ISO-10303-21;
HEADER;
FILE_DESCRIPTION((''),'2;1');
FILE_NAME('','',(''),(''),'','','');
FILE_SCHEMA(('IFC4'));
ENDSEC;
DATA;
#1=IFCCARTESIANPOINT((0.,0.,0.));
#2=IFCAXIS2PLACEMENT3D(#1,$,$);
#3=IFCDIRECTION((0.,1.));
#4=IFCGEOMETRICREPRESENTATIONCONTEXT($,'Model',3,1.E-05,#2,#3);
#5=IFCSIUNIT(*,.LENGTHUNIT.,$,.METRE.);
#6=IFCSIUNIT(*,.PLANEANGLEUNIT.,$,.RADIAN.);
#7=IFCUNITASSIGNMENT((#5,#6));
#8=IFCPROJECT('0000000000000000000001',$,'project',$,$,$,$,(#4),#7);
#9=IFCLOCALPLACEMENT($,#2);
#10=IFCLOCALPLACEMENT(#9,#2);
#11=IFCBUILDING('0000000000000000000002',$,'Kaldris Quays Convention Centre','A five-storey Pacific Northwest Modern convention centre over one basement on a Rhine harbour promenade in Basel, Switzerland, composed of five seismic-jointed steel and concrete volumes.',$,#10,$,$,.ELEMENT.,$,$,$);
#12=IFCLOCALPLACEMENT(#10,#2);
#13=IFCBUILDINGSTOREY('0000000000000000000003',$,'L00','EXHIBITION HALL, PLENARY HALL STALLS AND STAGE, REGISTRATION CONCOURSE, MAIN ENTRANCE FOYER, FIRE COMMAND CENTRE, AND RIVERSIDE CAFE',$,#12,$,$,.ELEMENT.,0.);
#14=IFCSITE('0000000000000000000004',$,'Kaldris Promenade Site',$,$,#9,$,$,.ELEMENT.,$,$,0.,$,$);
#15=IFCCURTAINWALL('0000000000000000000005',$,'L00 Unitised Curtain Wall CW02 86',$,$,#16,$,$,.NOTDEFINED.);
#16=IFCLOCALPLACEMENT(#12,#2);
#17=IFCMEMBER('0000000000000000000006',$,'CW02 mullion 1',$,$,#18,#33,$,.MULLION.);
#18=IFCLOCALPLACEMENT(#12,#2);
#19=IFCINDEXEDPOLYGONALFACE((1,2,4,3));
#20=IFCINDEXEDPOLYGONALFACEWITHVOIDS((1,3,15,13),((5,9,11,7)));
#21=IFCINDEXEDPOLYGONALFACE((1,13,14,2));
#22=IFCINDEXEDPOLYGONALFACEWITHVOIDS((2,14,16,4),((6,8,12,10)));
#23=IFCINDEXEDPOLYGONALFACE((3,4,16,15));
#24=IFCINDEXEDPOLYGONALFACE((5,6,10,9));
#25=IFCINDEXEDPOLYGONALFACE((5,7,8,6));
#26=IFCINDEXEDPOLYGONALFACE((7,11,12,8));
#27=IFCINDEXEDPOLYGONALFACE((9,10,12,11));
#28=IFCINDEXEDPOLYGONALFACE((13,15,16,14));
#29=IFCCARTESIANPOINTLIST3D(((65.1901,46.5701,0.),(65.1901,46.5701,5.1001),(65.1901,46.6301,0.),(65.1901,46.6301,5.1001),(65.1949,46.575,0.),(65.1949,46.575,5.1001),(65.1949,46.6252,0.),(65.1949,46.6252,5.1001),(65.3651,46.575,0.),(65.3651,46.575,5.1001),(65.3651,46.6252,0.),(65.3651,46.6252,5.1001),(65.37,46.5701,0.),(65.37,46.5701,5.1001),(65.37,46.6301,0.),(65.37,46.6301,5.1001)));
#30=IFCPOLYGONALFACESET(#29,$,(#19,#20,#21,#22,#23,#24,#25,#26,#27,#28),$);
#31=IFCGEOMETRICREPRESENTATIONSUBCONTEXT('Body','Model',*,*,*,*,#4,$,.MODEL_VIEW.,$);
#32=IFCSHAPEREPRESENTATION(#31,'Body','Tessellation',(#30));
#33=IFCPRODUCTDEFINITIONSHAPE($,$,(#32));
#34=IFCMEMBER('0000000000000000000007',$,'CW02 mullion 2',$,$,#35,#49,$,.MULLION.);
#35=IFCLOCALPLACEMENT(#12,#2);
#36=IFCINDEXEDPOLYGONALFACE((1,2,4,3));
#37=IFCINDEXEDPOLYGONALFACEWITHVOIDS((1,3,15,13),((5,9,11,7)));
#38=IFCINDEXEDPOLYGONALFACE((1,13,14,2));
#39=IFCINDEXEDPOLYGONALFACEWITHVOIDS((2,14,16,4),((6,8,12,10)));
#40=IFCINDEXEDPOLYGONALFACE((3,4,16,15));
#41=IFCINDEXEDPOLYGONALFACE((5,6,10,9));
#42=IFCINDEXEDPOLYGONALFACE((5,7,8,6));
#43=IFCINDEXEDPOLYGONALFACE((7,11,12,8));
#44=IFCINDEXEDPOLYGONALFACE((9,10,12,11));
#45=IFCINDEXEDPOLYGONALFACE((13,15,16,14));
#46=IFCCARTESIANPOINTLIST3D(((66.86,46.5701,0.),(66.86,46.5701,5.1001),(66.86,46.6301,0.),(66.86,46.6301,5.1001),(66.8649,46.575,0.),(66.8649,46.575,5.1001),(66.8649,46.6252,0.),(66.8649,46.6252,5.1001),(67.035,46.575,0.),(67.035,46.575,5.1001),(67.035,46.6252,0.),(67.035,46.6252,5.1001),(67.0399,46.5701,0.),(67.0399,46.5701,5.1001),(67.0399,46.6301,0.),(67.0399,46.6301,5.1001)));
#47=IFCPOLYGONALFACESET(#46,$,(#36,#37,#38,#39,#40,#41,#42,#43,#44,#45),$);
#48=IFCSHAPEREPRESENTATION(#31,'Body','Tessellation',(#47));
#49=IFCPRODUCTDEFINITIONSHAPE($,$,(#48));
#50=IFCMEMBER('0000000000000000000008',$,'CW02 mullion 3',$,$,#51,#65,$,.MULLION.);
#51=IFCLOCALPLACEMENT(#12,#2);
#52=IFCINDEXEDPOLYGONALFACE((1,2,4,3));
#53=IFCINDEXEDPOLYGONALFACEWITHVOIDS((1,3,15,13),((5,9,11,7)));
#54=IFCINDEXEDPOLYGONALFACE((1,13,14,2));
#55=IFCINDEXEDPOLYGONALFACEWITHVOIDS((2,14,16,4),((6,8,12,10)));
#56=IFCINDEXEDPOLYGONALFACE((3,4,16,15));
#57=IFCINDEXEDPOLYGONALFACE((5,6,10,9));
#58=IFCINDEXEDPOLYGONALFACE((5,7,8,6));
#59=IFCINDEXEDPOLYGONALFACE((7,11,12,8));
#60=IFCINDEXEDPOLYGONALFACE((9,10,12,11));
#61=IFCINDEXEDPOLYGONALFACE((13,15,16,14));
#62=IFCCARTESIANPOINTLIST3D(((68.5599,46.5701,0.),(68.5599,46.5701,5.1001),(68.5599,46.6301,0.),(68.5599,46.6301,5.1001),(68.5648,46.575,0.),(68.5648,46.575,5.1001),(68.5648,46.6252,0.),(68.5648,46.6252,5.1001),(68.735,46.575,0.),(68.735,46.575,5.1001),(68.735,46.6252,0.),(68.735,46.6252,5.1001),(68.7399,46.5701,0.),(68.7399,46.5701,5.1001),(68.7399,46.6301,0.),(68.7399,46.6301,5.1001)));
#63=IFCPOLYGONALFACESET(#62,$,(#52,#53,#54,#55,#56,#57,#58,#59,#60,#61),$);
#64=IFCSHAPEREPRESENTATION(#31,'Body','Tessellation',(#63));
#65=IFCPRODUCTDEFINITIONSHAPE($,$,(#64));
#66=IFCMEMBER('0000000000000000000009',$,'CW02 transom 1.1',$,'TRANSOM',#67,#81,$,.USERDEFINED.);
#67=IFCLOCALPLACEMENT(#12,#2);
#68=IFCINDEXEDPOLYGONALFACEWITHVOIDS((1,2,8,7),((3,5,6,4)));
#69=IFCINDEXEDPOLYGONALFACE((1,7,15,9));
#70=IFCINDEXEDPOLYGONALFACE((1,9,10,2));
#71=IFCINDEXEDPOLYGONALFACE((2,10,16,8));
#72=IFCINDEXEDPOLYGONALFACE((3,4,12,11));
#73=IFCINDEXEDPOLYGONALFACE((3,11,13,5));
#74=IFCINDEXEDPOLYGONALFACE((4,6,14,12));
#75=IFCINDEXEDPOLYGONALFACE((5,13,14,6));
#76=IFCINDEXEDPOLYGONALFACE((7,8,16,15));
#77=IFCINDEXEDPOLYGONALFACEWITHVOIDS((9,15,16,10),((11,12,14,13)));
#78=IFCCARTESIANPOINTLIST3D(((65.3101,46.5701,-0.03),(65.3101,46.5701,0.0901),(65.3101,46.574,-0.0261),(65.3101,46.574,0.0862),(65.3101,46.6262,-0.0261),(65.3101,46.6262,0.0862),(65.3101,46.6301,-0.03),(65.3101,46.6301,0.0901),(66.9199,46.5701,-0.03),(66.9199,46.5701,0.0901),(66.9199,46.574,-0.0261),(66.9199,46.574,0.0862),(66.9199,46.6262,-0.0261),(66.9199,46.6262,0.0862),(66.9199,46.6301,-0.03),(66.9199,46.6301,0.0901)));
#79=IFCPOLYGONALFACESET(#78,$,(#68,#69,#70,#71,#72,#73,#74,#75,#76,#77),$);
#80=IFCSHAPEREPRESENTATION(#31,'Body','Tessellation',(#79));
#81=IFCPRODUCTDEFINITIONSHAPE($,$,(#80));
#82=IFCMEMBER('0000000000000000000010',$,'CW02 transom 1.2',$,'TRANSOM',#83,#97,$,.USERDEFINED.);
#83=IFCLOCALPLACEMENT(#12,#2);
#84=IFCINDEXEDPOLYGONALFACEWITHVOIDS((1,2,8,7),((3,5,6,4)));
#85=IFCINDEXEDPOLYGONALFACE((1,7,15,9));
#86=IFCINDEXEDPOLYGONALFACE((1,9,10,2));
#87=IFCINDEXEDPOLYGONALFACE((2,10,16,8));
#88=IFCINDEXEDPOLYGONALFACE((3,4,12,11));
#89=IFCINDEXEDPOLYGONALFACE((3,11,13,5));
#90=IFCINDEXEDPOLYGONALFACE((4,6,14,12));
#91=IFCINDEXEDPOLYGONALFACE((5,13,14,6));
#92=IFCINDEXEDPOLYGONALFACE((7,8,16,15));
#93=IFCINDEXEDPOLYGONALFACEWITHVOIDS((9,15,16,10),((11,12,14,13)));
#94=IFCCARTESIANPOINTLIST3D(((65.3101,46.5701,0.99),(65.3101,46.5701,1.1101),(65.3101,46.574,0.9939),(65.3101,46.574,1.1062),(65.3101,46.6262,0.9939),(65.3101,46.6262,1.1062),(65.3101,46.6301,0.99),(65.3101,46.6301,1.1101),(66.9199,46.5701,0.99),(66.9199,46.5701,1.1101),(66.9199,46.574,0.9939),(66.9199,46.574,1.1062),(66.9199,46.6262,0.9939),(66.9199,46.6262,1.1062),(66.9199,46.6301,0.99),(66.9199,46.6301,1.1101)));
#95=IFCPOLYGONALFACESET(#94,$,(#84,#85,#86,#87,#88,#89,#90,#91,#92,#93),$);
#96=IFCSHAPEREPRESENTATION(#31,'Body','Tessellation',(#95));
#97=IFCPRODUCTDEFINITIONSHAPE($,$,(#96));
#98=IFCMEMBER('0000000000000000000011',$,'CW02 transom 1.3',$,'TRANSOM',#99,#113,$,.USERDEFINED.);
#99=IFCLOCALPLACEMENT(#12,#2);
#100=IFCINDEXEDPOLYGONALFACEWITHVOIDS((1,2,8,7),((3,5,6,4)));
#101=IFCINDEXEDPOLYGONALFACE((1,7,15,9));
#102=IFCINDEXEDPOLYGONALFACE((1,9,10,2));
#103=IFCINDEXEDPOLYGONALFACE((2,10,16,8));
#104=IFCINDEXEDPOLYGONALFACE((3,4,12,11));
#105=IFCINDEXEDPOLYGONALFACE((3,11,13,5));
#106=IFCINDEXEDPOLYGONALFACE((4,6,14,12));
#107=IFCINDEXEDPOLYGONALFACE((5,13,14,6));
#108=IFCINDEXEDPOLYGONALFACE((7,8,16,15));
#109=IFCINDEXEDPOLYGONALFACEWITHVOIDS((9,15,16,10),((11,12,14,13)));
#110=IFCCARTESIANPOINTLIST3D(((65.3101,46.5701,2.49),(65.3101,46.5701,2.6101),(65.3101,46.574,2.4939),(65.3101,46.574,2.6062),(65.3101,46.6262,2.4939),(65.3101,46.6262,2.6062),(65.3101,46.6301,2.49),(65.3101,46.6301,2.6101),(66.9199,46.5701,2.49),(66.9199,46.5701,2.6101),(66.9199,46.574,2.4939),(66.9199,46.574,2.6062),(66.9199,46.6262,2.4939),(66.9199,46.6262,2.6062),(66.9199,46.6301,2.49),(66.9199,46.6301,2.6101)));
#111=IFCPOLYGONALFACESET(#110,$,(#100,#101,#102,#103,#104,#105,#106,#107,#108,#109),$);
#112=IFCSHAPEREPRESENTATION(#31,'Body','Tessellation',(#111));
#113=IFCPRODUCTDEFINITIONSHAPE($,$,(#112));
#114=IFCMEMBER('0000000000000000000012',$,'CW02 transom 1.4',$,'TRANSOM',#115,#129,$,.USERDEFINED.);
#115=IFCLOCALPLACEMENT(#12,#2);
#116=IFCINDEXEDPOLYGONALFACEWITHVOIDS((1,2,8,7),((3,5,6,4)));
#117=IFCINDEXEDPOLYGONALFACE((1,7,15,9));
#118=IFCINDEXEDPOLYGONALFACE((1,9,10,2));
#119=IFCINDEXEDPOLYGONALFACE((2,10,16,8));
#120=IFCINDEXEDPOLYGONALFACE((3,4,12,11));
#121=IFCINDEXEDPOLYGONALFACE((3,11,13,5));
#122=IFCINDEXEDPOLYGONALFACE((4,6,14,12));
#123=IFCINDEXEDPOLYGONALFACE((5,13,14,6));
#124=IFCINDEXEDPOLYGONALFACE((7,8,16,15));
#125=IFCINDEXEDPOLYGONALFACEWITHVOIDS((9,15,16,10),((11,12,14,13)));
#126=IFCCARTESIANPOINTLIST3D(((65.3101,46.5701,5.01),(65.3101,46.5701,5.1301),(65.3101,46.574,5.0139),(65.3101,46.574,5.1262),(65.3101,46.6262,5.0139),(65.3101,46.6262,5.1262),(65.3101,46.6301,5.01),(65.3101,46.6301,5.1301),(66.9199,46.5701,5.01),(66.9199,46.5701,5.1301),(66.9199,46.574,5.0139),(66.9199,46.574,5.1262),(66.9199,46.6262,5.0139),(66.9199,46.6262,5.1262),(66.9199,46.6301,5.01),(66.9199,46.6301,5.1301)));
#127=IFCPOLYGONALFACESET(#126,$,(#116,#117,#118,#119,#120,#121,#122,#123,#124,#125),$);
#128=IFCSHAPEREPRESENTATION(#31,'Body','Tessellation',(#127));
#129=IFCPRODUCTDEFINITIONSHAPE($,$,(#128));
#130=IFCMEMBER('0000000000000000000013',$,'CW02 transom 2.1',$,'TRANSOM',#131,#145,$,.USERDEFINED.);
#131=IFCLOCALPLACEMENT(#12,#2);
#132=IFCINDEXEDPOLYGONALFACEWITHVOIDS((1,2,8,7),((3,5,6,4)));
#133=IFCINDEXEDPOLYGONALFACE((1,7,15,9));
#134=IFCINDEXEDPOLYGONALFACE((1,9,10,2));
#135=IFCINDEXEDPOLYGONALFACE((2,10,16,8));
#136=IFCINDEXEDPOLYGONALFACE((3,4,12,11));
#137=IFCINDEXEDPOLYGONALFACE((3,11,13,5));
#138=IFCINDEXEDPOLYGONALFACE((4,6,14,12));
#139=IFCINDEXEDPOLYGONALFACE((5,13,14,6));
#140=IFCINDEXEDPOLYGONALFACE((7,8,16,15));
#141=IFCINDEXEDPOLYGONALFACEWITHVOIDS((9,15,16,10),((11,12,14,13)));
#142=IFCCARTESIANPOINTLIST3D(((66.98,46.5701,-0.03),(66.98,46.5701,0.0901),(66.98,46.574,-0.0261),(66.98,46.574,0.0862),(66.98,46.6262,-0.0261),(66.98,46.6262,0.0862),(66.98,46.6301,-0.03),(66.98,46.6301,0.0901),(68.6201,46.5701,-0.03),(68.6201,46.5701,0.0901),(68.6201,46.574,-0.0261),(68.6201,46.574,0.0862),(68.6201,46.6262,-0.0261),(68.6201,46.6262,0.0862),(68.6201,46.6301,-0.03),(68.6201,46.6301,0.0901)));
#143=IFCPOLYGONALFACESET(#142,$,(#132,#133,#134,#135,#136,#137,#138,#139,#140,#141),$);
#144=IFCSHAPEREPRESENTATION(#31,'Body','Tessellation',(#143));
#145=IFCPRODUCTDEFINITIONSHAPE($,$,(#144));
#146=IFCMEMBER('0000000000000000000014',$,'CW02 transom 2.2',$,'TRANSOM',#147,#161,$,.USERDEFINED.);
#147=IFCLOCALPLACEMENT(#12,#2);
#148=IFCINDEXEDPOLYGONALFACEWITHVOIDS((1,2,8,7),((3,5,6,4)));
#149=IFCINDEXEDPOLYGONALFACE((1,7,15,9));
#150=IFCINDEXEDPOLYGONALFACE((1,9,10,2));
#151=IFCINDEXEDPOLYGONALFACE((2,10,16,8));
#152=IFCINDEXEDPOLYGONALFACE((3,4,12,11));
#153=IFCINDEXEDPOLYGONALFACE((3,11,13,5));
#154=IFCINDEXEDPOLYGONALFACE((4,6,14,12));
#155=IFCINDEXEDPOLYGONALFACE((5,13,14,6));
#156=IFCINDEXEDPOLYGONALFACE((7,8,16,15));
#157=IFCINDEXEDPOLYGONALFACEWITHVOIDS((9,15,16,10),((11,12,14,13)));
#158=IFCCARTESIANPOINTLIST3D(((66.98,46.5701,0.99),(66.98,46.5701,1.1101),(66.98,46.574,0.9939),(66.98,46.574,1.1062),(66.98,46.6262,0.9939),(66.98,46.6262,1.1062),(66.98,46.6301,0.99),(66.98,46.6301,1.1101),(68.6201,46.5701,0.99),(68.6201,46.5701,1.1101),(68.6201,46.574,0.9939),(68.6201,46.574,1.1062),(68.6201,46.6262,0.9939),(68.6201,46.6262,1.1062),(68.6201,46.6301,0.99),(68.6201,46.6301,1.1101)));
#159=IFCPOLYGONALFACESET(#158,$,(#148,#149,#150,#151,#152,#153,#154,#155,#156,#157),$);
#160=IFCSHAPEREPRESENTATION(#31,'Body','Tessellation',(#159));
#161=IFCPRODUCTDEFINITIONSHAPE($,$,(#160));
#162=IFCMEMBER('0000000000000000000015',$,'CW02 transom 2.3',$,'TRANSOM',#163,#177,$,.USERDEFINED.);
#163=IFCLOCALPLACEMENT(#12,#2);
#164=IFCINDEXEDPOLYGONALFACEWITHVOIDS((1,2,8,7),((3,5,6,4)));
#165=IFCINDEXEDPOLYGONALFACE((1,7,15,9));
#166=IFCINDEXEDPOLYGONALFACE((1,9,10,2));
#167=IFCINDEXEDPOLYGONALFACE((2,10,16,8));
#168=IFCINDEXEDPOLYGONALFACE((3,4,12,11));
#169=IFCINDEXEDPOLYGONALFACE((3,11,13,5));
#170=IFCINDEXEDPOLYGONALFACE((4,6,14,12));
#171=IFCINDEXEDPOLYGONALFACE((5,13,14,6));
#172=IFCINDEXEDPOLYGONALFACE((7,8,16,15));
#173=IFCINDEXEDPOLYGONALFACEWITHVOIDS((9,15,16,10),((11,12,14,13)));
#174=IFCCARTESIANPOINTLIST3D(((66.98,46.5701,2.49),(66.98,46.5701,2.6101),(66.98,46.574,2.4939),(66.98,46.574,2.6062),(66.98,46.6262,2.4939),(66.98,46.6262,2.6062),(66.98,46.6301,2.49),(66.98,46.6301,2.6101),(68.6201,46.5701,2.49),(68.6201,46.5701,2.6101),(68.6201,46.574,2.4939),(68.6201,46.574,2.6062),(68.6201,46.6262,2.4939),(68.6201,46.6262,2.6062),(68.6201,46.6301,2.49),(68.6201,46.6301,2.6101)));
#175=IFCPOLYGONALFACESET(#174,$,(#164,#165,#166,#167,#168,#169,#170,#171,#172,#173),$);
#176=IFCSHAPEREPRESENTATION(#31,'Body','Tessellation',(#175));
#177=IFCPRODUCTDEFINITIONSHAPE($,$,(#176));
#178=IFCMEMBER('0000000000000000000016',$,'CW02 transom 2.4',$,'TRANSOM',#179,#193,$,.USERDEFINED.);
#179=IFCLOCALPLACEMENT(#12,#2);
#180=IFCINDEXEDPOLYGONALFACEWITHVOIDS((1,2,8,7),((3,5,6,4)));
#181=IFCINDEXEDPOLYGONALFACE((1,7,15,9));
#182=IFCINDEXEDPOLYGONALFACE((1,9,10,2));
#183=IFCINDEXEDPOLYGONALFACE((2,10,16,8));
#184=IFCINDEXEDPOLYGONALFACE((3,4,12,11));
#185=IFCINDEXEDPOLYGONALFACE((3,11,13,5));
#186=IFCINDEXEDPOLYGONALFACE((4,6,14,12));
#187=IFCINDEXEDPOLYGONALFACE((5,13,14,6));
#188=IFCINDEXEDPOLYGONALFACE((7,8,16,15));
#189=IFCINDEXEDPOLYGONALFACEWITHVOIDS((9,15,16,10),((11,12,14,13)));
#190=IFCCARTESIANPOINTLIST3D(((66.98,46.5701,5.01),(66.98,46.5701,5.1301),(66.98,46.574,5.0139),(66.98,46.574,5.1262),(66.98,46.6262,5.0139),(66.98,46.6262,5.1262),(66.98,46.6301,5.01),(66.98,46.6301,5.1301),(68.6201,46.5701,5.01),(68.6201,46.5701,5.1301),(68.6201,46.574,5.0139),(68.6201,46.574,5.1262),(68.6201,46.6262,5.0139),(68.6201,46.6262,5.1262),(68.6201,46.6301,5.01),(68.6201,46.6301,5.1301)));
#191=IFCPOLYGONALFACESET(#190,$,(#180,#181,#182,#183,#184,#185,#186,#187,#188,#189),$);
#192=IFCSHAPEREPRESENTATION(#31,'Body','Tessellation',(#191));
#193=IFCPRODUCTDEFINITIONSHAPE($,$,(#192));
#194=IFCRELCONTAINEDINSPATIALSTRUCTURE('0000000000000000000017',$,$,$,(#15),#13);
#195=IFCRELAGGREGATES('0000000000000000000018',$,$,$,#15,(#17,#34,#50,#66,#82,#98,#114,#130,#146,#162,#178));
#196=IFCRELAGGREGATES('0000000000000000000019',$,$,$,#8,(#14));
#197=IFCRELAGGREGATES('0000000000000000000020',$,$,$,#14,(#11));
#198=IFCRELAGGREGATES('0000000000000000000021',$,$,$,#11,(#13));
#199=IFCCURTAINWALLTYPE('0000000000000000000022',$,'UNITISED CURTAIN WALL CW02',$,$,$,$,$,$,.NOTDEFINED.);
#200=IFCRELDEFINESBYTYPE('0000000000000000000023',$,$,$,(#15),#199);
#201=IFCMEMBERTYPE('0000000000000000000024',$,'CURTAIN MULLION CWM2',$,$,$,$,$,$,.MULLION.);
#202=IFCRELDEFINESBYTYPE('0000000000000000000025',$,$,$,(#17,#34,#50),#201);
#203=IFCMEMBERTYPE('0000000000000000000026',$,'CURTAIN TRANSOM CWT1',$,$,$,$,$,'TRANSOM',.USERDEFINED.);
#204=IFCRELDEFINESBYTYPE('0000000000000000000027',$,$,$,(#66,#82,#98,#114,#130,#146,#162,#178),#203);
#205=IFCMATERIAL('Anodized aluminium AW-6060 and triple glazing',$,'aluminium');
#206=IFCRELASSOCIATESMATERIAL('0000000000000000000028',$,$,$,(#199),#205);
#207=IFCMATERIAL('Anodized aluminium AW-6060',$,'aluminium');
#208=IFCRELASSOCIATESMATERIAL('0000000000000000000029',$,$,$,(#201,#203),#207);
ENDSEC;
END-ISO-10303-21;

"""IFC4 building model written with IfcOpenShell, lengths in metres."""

from ifc_helpers import new_model, si_unit, direction, frame, origin, origin_2d, place, context, subcontext, project, spatial, hollow_rectangle, extrude, material, material_profile, profile_set, type_object, element, aggregate, save


model = new_model("IFC4")

# Units and contexts
model_context = context("Model", 3, precision=1e-05, world=origin(), true_north=direction((0.0, 1.0)))
body_context = subcontext(model_context, "Body", "Model", "MODEL_VIEW")
ifc_project = project(units=[si_unit("LENGTHUNIT", "METRE"), si_unit("PLANEANGLEUNIT", "RADIAN")], contexts=[model_context])

# Site, building, storey
site_placement = place(None, origin())
site = spatial("IfcSite", under=ifc_project, at=site_placement, Name="Kaldris Promenade Site", CompositionType="ELEMENT", RefElevation=0.0)
building_placement = place(site_placement, origin())
building = spatial("IfcBuilding", under=site, at=building_placement, Name="Kaldris Quays Convention Centre", Description="A five-storey Pacific Northwest Modern convention centre over one basement on a Rhine harbour promenade in Basel, Switzerland, composed of five seismic-jointed steel and concrete volumes.", CompositionType="ELEMENT")
storey_placement = place(building_placement, origin())
storey = spatial("IfcBuildingStorey", under=building, at=storey_placement, Name="L00", Description="EXHIBITION HALL, PLENARY HALL STALLS AND STAGE, REGISTRATION CONCOURSE, MAIN ENTRANCE FOYER, FIRE COMMAND CENTRE, AND RIVERSIDE CAFE", CompositionType="ELEMENT", Elevation=0.0)

# Curtain wall, members
ifc_material_1 = material(Name="Anodized aluminium AW-6060 and triple glazing", Category="aluminium")
curtain_wall_type = type_object("IfcCurtainWallType", Name="UNITISED CURTAIN WALL CW02", PredefinedType="NOTDEFINED", material=ifc_material_1)
curtain_wall_placement = place(storey_placement, origin())
curtain_wall = element("IfcCurtainWall", 1, at=curtain_wall_placement, inside=storey, type_object=curtain_wall_type, Name="L00 Unitised Curtain Wall CW02 86", PredefinedType="NOTDEFINED")
ifc_material_2 = material(Name="Anodized aluminium AW-6060", Category="aluminium")
ifc_material_profile_1 = material_profile(ifc_material_2, hollow_rectangle(XDim=0.0601, YDim=0.1799, WallThickness=0.0049, at=origin_2d()), Name="RHS 180x60x5")
ifc_profile_set_1 = profile_set([ifc_material_profile_1], Name="Anodized aluminium AW-6060")
member_type_1 = type_object("IfcMemberType", Name="CURTAIN MULLION CWM2", PredefinedType="MULLION", material=ifc_profile_set_1)
member_1_placement = place(storey_placement, frame((65.28, 46.6001, 0.0), z_axis=(0.0, 0.0, 1.0), x_axis=(0.0, 1.0, 0.0)))
member_1 = element("IfcMember", 2, at=member_1_placement, type_object=member_type_1, Name="CW02 mullion 1", PredefinedType="MULLION", context=body_context, shape_type="SweptSolid", body=[
    extrude(hollow_rectangle(XDim=0.0601, YDim=0.1799, WallThickness=0.0049, at=origin_2d()), origin(), (0.0, 0.0, 1.0), 5.1001),
])
member_2_placement = place(storey_placement, frame((66.95, 46.6001, 0.0), z_axis=(0.0, 0.0, 1.0), x_axis=(0.0, 1.0, 0.0)))
member_2 = element("IfcMember", 3, at=member_2_placement, type_object=member_type_1, Name="CW02 mullion 2", PredefinedType="MULLION", context=body_context, shape_type="SweptSolid", body=[
    extrude(hollow_rectangle(XDim=0.0601, YDim=0.1799, WallThickness=0.0049, at=origin_2d()), origin(), (0.0, 0.0, 1.0), 5.1001),
])
member_3_placement = place(storey_placement, frame((68.6499, 46.6001, 0.0), z_axis=(0.0, 0.0, 1.0), x_axis=(0.0, 1.0, 0.0)))
member_3 = element("IfcMember", 4, at=member_3_placement, type_object=member_type_1, Name="CW02 mullion 3", PredefinedType="MULLION", context=body_context, shape_type="SweptSolid", body=[
    extrude(hollow_rectangle(XDim=0.0601, YDim=0.1799, WallThickness=0.0049, at=origin_2d()), origin(), (0.0, 0.0, 1.0), 5.1001),
])
ifc_material_profile_2 = material_profile(ifc_material_2, hollow_rectangle(XDim=0.0601, YDim=0.1201, WallThickness=0.0039, at=origin_2d()), Name="RHS 120x60x4")
ifc_profile_set_2 = profile_set([ifc_material_profile_2], Name="Anodized aluminium AW-6060")
member_type_2 = type_object("IfcMemberType", Name="CURTAIN TRANSOM CWT1", ElementType="TRANSOM", PredefinedType="USERDEFINED", material=ifc_profile_set_2)
member_4_placement = place(storey_placement, frame((65.3101, 46.6001, 0.03), z_axis=(1.0, 0.0, 0.0), x_axis=(0.0, 1.0, 0.0)))
member_4 = element("IfcMember", 5, at=member_4_placement, type_object=member_type_2, Name="CW02 transom 1.1", ObjectType="TRANSOM", PredefinedType="USERDEFINED", context=body_context, shape_type="SweptSolid", body=[
    extrude(hollow_rectangle(XDim=0.0601, YDim=0.1201, WallThickness=0.0039, at=origin_2d()), origin(), (0.0, 0.0, 1.0), 1.6099),
])
member_5_placement = place(storey_placement, frame((65.3101, 46.6001, 1.05), z_axis=(1.0, 0.0, 0.0), x_axis=(0.0, 1.0, 0.0)))
member_5 = element("IfcMember", 6, at=member_5_placement, type_object=member_type_2, Name="CW02 transom 1.2", ObjectType="TRANSOM", PredefinedType="USERDEFINED", context=body_context, shape_type="SweptSolid", body=[
    extrude(hollow_rectangle(XDim=0.0601, YDim=0.1201, WallThickness=0.0039, at=origin_2d()), origin(), (0.0, 0.0, 1.0), 1.6099),
])
member_6_placement = place(storey_placement, frame((65.3101, 46.6001, 2.55), z_axis=(1.0, 0.0, 0.0), x_axis=(0.0, 1.0, 0.0)))
member_6 = element("IfcMember", 7, at=member_6_placement, type_object=member_type_2, Name="CW02 transom 1.3", ObjectType="TRANSOM", PredefinedType="USERDEFINED", context=body_context, shape_type="SweptSolid", body=[
    extrude(hollow_rectangle(XDim=0.0601, YDim=0.1201, WallThickness=0.0039, at=origin_2d()), origin(), (0.0, 0.0, 1.0), 1.6099),
])
member_7_placement = place(storey_placement, frame((65.3101, 46.6001, 5.0701), z_axis=(1.0, 0.0, 0.0), x_axis=(0.0, 1.0, 0.0)))
member_7 = element("IfcMember", 8, at=member_7_placement, type_object=member_type_2, Name="CW02 transom 1.4", ObjectType="TRANSOM", PredefinedType="USERDEFINED", context=body_context, shape_type="SweptSolid", body=[
    extrude(hollow_rectangle(XDim=0.0601, YDim=0.1201, WallThickness=0.0039, at=origin_2d()), origin(), (0.0, 0.0, 1.0), 1.6099),
])
member_8_placement = place(storey_placement, frame((66.98, 46.6001, 0.03), z_axis=(1.0, 0.0, 0.0), x_axis=(0.0, 1.0, 0.0)))
member_8 = element("IfcMember", 9, at=member_8_placement, type_object=member_type_2, Name="CW02 transom 2.1", ObjectType="TRANSOM", PredefinedType="USERDEFINED", context=body_context, shape_type="SweptSolid", body=[
    extrude(hollow_rectangle(XDim=0.0601, YDim=0.1201, WallThickness=0.0039, at=origin_2d()), origin(), (0.0, 0.0, 1.0), 1.6401),
])
member_9_placement = place(storey_placement, frame((66.98, 46.6001, 1.05), z_axis=(1.0, 0.0, 0.0), x_axis=(0.0, 1.0, 0.0)))
member_9 = element("IfcMember", 10, at=member_9_placement, type_object=member_type_2, Name="CW02 transom 2.2", ObjectType="TRANSOM", PredefinedType="USERDEFINED", context=body_context, shape_type="SweptSolid", body=[
    extrude(hollow_rectangle(XDim=0.0601, YDim=0.1201, WallThickness=0.0039, at=origin_2d()), origin(), (0.0, 0.0, 1.0), 1.6401),
])
member_10_placement = place(storey_placement, frame((66.98, 46.6001, 2.55), z_axis=(1.0, 0.0, 0.0), x_axis=(0.0, 1.0, 0.0)))
member_10 = element("IfcMember", 11, at=member_10_placement, type_object=member_type_2, Name="CW02 transom 2.3", ObjectType="TRANSOM", PredefinedType="USERDEFINED", context=body_context, shape_type="SweptSolid", body=[
    extrude(hollow_rectangle(XDim=0.0601, YDim=0.1201, WallThickness=0.0039, at=origin_2d()), origin(), (0.0, 0.0, 1.0), 1.6401),
])
member_11_placement = place(storey_placement, frame((66.98, 46.6001, 5.0701), z_axis=(1.0, 0.0, 0.0), x_axis=(0.0, 1.0, 0.0)))
member_11 = element("IfcMember", 12, at=member_11_placement, type_object=member_type_2, Name="CW02 transom 2.4", ObjectType="TRANSOM", PredefinedType="USERDEFINED", context=body_context, shape_type="SweptSolid", body=[
    extrude(hollow_rectangle(XDim=0.0601, YDim=0.1201, WallThickness=0.0039, at=origin_2d()), origin(), (0.0, 0.0, 1.0), 1.6401),
])
aggregate(curtain_wall, [member_1, member_2, member_3, member_4, member_5, member_6, member_7, member_8, member_9, member_10, member_11])

save(model, "model.ifc")
